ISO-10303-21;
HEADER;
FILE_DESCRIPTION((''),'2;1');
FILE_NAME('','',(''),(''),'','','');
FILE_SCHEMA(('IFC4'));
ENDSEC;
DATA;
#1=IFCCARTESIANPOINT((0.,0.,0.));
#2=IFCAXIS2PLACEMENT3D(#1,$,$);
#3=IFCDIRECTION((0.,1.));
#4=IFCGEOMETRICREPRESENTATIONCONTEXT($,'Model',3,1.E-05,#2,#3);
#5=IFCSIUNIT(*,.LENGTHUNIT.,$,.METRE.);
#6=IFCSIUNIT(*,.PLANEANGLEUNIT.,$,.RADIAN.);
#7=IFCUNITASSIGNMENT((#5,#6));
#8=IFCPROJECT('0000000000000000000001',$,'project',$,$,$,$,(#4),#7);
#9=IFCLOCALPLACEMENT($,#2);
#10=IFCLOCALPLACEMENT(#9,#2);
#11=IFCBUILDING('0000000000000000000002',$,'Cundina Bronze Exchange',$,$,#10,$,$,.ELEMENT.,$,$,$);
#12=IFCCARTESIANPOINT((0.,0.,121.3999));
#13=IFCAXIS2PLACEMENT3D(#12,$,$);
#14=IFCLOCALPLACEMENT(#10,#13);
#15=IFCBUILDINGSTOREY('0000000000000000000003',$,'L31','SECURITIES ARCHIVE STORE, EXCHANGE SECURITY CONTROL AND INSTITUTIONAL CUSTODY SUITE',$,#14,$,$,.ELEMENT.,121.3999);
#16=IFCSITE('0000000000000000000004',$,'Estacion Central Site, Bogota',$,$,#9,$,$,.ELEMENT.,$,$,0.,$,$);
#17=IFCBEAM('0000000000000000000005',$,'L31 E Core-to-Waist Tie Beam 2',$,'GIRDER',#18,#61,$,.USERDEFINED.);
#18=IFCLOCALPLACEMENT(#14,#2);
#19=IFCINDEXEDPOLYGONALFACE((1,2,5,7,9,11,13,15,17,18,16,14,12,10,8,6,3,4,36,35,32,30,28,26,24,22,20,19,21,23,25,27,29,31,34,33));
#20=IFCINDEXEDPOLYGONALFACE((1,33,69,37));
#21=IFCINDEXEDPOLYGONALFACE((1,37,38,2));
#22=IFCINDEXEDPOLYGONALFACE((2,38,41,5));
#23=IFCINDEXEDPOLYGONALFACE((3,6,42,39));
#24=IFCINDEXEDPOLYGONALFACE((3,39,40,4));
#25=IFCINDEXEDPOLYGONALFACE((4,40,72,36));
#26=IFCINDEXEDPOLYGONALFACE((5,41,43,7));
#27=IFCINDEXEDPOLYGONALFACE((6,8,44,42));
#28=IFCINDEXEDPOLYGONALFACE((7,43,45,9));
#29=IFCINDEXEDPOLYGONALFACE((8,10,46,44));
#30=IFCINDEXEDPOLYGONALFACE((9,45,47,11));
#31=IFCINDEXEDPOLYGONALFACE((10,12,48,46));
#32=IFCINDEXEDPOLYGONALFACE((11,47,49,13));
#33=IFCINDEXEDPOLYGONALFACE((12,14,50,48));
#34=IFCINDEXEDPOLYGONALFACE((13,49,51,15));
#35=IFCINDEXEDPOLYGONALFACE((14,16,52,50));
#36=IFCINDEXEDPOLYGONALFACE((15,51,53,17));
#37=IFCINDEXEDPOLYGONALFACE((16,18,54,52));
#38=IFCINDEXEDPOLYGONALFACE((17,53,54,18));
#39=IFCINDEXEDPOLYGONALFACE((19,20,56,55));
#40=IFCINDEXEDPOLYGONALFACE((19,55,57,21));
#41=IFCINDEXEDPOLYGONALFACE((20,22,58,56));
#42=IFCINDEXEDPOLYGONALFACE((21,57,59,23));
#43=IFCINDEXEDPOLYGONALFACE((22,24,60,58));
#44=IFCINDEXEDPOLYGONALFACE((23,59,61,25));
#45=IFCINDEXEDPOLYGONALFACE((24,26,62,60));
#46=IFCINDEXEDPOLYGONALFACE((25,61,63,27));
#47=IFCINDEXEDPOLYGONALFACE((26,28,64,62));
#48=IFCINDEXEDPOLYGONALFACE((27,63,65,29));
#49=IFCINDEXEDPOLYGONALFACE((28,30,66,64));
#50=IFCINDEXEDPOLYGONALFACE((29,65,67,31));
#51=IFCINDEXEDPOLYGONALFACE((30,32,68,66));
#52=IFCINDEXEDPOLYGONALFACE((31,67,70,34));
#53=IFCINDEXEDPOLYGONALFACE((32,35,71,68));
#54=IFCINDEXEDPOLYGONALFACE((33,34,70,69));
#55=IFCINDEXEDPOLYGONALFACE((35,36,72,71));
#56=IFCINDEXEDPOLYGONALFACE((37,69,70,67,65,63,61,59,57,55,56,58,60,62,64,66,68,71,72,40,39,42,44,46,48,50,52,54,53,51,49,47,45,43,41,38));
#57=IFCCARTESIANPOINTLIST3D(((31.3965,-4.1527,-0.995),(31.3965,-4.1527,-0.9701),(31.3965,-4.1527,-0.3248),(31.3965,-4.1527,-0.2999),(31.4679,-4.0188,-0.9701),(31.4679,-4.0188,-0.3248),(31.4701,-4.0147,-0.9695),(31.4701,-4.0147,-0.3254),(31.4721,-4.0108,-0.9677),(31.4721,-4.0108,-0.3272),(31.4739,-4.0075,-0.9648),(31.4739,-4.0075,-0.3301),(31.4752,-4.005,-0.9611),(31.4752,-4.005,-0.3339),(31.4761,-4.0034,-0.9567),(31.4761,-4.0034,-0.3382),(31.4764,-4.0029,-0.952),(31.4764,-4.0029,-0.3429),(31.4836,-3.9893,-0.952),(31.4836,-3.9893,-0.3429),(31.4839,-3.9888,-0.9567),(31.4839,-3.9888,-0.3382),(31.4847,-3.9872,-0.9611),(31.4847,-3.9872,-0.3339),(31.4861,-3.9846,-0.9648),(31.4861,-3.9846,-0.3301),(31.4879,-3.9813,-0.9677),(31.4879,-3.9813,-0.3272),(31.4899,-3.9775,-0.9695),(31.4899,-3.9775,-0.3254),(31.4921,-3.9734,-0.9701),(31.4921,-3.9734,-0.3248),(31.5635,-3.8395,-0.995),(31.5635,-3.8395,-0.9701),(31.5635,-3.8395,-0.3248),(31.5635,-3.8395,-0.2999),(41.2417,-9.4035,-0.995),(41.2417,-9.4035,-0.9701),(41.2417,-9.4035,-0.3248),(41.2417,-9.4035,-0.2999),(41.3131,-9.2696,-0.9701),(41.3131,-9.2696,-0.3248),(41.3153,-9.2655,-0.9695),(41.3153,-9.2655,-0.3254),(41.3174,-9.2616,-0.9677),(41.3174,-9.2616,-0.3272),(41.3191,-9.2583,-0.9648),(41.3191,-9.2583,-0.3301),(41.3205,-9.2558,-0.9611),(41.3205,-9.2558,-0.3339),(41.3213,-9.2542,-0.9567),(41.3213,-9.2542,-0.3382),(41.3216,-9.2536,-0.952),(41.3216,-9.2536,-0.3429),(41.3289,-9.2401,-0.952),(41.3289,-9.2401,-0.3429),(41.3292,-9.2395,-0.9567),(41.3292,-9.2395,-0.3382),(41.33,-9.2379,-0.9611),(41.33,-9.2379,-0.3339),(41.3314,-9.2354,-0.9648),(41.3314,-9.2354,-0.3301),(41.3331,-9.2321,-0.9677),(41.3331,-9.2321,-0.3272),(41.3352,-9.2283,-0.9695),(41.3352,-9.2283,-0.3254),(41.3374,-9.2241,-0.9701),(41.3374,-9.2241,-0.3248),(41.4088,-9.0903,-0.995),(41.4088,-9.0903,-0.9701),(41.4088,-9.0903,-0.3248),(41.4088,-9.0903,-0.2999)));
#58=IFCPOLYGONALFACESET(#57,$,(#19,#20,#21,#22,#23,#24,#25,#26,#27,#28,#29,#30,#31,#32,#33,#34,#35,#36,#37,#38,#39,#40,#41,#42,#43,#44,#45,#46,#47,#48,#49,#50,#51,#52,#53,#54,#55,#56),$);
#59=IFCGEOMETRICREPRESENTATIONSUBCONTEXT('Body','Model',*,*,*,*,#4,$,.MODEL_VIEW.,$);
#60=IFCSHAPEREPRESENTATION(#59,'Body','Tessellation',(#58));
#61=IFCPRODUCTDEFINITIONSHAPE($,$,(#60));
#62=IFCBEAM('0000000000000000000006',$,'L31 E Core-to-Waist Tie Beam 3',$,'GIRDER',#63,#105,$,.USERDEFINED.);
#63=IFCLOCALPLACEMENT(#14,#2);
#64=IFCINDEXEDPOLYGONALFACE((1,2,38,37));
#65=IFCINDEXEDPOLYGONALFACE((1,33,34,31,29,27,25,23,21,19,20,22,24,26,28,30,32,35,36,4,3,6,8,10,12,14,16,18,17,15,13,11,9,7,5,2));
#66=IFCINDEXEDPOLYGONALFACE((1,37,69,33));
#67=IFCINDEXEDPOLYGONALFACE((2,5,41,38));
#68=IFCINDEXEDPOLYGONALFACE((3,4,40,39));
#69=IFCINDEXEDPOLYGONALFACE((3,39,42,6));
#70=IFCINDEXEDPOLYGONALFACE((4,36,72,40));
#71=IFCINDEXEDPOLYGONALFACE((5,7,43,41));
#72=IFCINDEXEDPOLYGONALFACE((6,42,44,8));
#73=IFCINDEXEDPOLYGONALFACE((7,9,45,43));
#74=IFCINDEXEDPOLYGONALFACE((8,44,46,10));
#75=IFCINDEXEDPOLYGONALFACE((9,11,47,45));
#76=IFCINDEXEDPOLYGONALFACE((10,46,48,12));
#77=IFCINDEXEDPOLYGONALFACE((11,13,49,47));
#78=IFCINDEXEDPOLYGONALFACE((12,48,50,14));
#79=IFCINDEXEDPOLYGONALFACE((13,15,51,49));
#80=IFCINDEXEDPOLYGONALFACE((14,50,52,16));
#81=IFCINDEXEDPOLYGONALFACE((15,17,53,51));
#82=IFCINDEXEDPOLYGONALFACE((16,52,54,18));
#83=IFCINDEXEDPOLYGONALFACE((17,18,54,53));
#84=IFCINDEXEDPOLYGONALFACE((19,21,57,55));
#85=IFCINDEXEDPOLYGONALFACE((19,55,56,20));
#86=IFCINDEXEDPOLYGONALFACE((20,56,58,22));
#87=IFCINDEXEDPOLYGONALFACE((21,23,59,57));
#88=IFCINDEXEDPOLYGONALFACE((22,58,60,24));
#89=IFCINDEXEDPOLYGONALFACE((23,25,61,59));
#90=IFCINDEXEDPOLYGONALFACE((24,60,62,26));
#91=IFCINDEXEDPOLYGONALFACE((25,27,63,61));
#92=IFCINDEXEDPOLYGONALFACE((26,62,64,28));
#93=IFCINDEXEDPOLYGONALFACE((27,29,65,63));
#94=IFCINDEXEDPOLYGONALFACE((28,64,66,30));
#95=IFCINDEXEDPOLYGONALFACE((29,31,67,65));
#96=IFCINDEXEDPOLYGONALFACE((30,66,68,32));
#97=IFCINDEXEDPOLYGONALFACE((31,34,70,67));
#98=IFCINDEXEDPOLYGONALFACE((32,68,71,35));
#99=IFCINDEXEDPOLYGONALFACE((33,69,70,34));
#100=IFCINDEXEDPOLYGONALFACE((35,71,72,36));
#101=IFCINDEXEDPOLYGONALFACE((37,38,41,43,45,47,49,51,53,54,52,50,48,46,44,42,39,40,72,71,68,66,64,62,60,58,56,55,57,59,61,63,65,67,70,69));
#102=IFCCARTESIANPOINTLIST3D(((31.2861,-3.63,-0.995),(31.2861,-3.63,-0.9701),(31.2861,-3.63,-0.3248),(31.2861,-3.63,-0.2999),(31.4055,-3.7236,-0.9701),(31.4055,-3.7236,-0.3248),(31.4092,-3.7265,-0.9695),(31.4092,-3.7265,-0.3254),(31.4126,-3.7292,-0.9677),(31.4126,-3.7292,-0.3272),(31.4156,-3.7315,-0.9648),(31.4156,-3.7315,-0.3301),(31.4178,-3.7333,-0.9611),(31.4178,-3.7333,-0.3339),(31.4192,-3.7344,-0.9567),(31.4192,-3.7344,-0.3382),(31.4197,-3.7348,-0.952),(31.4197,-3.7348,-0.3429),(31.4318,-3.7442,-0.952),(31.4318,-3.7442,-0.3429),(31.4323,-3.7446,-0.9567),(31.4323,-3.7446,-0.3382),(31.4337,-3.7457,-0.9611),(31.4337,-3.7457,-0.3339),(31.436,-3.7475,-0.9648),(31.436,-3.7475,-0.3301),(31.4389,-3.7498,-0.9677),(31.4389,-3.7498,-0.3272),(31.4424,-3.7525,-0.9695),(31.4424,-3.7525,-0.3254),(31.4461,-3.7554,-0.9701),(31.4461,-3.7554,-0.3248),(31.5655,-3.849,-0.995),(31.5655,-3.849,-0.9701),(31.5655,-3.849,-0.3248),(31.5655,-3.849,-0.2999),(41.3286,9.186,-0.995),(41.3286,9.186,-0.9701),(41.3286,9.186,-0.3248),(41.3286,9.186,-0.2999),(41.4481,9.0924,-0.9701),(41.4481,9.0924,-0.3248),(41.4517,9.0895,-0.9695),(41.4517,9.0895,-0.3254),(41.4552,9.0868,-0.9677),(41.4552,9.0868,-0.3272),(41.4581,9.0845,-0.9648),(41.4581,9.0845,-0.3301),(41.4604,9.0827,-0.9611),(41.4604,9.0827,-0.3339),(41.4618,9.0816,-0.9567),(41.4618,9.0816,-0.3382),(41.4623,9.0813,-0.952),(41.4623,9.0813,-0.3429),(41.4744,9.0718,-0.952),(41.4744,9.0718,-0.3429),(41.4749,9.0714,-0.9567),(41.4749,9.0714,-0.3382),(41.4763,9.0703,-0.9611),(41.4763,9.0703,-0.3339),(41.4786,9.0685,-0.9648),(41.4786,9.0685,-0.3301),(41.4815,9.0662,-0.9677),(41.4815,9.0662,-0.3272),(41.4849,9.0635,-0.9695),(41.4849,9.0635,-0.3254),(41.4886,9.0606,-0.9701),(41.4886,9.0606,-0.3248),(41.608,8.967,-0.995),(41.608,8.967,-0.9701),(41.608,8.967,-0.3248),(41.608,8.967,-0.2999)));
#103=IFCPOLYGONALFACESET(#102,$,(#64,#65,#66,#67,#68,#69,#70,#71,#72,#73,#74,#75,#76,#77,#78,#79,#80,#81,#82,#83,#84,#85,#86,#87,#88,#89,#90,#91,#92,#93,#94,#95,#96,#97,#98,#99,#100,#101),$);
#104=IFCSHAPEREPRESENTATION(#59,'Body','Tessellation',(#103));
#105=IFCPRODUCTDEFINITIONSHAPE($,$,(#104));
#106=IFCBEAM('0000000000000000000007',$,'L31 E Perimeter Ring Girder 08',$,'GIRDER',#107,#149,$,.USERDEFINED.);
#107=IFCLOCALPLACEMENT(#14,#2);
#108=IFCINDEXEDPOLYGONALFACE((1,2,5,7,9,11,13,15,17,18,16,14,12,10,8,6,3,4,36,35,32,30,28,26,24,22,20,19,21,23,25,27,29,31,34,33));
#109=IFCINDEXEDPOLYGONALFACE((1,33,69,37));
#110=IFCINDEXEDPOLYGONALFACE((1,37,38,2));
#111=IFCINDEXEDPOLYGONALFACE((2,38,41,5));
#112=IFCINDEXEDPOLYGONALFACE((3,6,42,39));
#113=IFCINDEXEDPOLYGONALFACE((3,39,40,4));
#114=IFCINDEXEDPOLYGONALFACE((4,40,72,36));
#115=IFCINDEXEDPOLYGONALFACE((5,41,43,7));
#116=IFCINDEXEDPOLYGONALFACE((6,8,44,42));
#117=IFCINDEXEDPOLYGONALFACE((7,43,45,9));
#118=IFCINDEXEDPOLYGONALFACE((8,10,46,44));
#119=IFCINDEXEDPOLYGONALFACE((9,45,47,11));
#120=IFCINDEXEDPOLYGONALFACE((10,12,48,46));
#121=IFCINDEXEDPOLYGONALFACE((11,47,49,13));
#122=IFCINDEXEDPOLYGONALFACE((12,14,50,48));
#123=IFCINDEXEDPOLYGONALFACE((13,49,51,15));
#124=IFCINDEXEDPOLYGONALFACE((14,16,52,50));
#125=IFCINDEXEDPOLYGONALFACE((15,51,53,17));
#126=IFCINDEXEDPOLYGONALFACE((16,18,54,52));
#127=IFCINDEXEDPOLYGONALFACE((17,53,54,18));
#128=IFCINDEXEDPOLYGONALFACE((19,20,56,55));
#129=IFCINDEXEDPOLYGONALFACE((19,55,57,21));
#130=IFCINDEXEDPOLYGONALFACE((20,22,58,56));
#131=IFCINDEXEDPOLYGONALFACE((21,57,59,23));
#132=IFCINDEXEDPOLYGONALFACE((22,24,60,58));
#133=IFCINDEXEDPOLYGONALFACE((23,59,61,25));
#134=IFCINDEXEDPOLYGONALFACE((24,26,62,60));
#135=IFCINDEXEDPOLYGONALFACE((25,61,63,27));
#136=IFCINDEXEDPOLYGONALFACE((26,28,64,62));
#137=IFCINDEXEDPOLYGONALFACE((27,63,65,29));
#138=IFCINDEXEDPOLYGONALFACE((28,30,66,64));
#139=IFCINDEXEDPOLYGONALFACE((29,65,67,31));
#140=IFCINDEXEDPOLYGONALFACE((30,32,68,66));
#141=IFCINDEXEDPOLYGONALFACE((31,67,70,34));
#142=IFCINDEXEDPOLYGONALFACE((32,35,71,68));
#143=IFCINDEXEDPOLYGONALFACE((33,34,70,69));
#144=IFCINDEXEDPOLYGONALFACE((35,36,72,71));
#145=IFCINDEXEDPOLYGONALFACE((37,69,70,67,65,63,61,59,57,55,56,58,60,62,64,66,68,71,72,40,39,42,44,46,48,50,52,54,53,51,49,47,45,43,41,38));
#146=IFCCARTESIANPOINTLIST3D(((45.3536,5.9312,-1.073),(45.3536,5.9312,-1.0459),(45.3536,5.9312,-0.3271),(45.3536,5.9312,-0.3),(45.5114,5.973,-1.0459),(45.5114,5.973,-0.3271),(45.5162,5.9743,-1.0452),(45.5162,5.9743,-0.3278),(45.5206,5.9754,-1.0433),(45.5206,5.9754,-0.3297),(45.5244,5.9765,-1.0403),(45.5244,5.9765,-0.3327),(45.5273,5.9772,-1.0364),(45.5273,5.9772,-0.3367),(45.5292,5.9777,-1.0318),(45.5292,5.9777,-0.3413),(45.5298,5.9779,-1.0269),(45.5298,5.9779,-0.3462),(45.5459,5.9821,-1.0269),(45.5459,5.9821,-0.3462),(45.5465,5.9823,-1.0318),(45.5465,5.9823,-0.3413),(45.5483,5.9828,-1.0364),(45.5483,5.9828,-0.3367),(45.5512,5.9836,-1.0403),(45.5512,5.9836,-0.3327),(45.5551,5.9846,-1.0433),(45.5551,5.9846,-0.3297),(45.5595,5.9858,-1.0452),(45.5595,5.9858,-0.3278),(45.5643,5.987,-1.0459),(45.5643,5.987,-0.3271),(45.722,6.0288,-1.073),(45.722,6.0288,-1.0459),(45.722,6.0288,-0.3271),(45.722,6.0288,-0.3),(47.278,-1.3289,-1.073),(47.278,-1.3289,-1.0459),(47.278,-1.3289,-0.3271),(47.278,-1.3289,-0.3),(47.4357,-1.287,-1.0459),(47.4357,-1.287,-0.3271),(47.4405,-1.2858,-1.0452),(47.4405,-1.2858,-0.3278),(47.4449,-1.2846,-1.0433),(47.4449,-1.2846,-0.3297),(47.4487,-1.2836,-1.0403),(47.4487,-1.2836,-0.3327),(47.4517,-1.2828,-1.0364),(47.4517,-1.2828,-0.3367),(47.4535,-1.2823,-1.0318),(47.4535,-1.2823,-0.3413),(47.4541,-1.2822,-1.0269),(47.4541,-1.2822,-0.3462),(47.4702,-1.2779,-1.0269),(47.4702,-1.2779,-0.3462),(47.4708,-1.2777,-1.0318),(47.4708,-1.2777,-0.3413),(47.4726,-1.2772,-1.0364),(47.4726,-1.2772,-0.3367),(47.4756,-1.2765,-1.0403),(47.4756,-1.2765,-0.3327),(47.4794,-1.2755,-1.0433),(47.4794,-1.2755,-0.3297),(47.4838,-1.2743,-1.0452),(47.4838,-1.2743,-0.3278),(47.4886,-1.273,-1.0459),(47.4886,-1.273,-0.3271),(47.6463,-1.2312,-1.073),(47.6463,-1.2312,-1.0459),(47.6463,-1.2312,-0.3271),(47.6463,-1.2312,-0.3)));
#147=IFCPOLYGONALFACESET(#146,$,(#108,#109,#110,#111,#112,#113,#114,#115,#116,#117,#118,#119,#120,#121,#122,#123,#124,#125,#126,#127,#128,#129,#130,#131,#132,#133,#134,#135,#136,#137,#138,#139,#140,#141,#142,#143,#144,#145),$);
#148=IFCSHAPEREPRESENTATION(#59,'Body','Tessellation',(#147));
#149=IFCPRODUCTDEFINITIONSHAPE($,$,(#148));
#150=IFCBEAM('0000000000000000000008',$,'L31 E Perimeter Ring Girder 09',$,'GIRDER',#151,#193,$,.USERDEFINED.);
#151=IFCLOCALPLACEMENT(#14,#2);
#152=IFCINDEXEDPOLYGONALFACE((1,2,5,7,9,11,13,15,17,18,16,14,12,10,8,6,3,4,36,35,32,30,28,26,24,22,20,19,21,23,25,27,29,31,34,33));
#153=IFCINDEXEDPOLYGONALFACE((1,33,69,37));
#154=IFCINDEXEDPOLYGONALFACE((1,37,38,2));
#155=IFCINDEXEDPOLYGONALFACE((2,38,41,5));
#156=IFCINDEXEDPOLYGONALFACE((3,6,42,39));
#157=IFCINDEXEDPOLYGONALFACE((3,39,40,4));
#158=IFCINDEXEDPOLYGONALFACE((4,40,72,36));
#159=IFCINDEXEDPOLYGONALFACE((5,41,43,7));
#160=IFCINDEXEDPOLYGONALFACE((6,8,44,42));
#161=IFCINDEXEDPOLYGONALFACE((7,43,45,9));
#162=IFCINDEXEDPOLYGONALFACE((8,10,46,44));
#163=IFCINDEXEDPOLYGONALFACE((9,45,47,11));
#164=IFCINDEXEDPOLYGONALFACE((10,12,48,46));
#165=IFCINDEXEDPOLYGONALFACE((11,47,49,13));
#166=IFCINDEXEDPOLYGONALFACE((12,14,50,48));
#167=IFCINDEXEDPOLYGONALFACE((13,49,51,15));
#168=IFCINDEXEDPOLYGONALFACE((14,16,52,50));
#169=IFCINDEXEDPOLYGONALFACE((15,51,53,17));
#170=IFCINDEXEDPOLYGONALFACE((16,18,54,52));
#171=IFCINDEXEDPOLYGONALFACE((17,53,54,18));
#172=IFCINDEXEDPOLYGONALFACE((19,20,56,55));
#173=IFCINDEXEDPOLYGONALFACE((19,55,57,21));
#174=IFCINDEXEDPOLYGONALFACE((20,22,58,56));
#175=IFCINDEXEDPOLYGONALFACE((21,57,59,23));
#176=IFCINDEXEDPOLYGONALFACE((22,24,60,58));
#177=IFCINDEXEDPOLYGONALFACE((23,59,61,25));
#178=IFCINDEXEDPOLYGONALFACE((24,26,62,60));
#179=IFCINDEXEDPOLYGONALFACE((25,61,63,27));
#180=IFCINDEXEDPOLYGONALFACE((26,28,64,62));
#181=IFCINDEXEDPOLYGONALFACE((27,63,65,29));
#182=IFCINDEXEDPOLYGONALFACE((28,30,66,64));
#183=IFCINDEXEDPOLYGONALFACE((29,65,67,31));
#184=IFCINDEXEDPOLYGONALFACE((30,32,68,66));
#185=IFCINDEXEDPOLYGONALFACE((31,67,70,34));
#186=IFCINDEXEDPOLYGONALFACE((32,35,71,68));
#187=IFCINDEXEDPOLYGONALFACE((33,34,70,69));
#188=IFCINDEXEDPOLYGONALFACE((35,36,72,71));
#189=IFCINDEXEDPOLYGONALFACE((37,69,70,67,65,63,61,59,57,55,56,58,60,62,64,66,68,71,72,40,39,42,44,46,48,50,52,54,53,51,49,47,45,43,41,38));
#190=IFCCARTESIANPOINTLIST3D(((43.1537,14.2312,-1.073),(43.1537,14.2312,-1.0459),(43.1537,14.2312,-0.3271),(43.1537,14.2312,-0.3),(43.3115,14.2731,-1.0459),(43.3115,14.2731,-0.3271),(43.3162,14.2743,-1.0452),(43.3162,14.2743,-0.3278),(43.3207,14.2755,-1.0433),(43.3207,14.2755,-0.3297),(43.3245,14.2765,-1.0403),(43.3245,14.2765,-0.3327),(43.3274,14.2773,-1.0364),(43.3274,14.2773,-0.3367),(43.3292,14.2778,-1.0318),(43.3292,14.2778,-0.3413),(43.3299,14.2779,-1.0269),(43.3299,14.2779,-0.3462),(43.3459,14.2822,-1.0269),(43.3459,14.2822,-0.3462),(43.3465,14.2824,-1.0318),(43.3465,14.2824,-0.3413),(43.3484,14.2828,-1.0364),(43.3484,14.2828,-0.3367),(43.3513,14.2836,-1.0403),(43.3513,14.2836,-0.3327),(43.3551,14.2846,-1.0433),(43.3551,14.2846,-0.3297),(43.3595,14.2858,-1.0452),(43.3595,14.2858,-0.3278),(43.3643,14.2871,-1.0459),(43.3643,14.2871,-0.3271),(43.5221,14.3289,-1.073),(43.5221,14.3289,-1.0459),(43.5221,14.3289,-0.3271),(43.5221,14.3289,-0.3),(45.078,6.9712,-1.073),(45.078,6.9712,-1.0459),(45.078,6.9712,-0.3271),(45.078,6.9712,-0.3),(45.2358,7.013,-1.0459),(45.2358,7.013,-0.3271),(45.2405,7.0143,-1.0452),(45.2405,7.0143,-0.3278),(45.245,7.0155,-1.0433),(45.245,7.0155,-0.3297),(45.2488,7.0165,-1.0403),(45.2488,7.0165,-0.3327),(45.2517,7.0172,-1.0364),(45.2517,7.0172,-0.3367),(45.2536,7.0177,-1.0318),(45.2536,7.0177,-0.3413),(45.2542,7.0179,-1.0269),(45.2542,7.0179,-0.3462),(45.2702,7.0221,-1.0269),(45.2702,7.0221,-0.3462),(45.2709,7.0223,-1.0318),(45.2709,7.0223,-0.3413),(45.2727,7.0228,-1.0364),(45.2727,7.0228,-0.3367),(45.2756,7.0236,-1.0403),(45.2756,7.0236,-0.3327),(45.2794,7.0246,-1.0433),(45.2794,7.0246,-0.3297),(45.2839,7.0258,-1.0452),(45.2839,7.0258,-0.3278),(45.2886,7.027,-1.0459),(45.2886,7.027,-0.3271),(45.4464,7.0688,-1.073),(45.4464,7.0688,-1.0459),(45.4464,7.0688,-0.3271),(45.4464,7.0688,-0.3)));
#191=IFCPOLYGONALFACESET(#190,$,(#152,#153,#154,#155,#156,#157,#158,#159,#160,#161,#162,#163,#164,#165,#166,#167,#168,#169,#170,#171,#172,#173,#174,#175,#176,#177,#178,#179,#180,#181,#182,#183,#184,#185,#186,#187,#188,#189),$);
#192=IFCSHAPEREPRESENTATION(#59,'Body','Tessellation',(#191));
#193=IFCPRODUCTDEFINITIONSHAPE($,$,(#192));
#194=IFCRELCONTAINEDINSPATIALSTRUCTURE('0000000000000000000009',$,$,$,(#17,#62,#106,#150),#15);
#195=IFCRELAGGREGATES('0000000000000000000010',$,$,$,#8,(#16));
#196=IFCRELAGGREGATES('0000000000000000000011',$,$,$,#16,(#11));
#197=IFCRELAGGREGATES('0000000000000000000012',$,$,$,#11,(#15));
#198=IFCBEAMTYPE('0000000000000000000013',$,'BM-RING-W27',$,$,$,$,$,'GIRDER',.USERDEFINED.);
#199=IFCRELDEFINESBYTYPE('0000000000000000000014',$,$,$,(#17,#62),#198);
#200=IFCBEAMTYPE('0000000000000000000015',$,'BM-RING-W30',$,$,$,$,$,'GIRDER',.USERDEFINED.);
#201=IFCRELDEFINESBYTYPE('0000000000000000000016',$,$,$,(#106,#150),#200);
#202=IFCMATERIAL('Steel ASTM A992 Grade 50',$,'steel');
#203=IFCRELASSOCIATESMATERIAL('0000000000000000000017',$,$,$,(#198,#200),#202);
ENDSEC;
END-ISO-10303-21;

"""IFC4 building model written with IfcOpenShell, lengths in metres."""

from ifc_helpers import new_model, si_unit, direction, frame, origin, origin_2d, place, context, subcontext, project, spatial, i_section, extrude, material, material_profile, profile_set, type_object, element, save


model = new_model("IFC4")

# Units and contexts
model_context = context("Model", 3, precision=1e-05, world=origin(), true_north=direction((0.0, 1.0)))
body_context = subcontext(model_context, "Body", "Model", "MODEL_VIEW")
ifc_project = project(units=[si_unit("LENGTHUNIT", "METRE"), si_unit("PLANEANGLEUNIT", "RADIAN")], contexts=[model_context])

# Site, building, storey
site_placement = place(None, origin())
site = spatial("IfcSite", under=ifc_project, at=site_placement, Name="Estacion Central Site, Bogota", CompositionType="ELEMENT", RefElevation=0.0)
building_placement = place(site_placement, origin())
building = spatial("IfcBuilding", under=site, at=building_placement, Name="Cundina Bronze Exchange", CompositionType="ELEMENT")
storey_placement = place(building_placement, frame((0.0, 0.0, 121.3999)))
storey = spatial("IfcBuildingStorey", under=building, at=storey_placement, Name="L31", Description="SECURITIES ARCHIVE STORE, EXCHANGE SECURITY CONTROL AND INSTITUTIONAL CUSTODY SUITE", CompositionType="ELEMENT", Elevation=121.3999)

# Shared definitions
ifc_material_1 = material(Name="Steel ASTM A992 Grade 50", Category="steel")

# Beams
ifc_material_profile_1 = material_profile(ifc_material_1, i_section(OverallWidth=0.355, OverallDepth=0.6951, WebThickness=0.0154, FlangeThickness=0.0249, FilletRadius=0.0181, at=origin_2d()), Name="W27X146", Category="steel")
ifc_profile_set_1 = profile_set([ifc_material_profile_1], Name="Steel ASTM A992 Grade 50")
beam_type_1 = type_object("IfcBeamType", Name="BM-RING-W27", ElementType="GIRDER", PredefinedType="USERDEFINED", material=ifc_profile_set_1)
beam_1_placement = place(storey_placement, frame((31.48, -3.9961, -0.6475), z_axis=(0.882355, -0.470585, 0.0), x_axis=(0.470585, 0.882355, 0.0)))
element("IfcBeam", 1, at=beam_1_placement, inside=storey, type_object=beam_type_1, Name="L31 E Core-to-Waist Tie Beam 2", ObjectType="GIRDER", PredefinedType="USERDEFINED", context=body_context, shape_type="SweptSolid", body=[
    extrude(i_section(OverallWidth=0.355, OverallDepth=0.6951, WebThickness=0.0154, FlangeThickness=0.0249, FilletRadius=0.0181, at=origin_2d()), origin(), (0.0, 0.0, 1.0), 11.158),
])
beam_2_placement = place(storey_placement, frame((31.4258, -3.7395, -0.6475), z_axis=(0.616789, 0.787128, 0.0), x_axis=(-0.787128, 0.616789, 0.0)))
element("IfcBeam", 2, at=beam_2_placement, inside=storey, type_object=beam_type_1, Name="L31 E Core-to-Waist Tie Beam 3", ObjectType="GIRDER", PredefinedType="USERDEFINED", context=body_context, shape_type="SweptSolid", body=[
    extrude(i_section(OverallWidth=0.355, OverallDepth=0.6951, WebThickness=0.0154, FlangeThickness=0.0249, FilletRadius=0.0181, at=origin_2d()), origin(), (0.0, 0.0, 1.0), 16.282),
])
ifc_material_profile_2 = material_profile(ifc_material_1, i_section(OverallWidth=0.3811, OverallDepth=0.7729, WebThickness=0.0166, FlangeThickness=0.0271, FilletRadius=0.019, at=origin_2d()), Name="W30X173", Category="steel")
ifc_profile_set_2 = profile_set([ifc_material_profile_2], Name="Steel ASTM A992 Grade 50")
beam_type_2 = type_object("IfcBeamType", Name="BM-RING-W30", ElementType="GIRDER", PredefinedType="USERDEFINED", material=ifc_profile_set_2)
for number, where, z_axis, x_axis, name in (
    (3, (47.4622, -1.28, -0.6865), (-0.25621, 0.966621, 0.0), (-0.966621, -0.25621, 0.0), "L31 E Perimeter Ring Girder 08"),
    (4, (45.2622, 7.02, -0.6865), (-0.25621, 0.966621, 0.0), (-0.966621, -0.25621, 0.0), "L31 E Perimeter Ring Girder 09"),
):
    element("IfcBeam", number, at=place(storey_placement, frame(where, z_axis=z_axis, x_axis=x_axis)), inside=storey, type_object=beam_type_2, Name=name, ObjectType="GIRDER", PredefinedType="USERDEFINED", context=body_context, shape_type="SweptSolid", body=[
        extrude(i_section(OverallWidth=0.3811, OverallDepth=0.7729, WebThickness=0.0166, FlangeThickness=0.0271, FilletRadius=0.019, at=origin_2d()), origin(), (0.0, 0.0, 1.0), 7.5107),
    ])

save(model, "model.ifc")
